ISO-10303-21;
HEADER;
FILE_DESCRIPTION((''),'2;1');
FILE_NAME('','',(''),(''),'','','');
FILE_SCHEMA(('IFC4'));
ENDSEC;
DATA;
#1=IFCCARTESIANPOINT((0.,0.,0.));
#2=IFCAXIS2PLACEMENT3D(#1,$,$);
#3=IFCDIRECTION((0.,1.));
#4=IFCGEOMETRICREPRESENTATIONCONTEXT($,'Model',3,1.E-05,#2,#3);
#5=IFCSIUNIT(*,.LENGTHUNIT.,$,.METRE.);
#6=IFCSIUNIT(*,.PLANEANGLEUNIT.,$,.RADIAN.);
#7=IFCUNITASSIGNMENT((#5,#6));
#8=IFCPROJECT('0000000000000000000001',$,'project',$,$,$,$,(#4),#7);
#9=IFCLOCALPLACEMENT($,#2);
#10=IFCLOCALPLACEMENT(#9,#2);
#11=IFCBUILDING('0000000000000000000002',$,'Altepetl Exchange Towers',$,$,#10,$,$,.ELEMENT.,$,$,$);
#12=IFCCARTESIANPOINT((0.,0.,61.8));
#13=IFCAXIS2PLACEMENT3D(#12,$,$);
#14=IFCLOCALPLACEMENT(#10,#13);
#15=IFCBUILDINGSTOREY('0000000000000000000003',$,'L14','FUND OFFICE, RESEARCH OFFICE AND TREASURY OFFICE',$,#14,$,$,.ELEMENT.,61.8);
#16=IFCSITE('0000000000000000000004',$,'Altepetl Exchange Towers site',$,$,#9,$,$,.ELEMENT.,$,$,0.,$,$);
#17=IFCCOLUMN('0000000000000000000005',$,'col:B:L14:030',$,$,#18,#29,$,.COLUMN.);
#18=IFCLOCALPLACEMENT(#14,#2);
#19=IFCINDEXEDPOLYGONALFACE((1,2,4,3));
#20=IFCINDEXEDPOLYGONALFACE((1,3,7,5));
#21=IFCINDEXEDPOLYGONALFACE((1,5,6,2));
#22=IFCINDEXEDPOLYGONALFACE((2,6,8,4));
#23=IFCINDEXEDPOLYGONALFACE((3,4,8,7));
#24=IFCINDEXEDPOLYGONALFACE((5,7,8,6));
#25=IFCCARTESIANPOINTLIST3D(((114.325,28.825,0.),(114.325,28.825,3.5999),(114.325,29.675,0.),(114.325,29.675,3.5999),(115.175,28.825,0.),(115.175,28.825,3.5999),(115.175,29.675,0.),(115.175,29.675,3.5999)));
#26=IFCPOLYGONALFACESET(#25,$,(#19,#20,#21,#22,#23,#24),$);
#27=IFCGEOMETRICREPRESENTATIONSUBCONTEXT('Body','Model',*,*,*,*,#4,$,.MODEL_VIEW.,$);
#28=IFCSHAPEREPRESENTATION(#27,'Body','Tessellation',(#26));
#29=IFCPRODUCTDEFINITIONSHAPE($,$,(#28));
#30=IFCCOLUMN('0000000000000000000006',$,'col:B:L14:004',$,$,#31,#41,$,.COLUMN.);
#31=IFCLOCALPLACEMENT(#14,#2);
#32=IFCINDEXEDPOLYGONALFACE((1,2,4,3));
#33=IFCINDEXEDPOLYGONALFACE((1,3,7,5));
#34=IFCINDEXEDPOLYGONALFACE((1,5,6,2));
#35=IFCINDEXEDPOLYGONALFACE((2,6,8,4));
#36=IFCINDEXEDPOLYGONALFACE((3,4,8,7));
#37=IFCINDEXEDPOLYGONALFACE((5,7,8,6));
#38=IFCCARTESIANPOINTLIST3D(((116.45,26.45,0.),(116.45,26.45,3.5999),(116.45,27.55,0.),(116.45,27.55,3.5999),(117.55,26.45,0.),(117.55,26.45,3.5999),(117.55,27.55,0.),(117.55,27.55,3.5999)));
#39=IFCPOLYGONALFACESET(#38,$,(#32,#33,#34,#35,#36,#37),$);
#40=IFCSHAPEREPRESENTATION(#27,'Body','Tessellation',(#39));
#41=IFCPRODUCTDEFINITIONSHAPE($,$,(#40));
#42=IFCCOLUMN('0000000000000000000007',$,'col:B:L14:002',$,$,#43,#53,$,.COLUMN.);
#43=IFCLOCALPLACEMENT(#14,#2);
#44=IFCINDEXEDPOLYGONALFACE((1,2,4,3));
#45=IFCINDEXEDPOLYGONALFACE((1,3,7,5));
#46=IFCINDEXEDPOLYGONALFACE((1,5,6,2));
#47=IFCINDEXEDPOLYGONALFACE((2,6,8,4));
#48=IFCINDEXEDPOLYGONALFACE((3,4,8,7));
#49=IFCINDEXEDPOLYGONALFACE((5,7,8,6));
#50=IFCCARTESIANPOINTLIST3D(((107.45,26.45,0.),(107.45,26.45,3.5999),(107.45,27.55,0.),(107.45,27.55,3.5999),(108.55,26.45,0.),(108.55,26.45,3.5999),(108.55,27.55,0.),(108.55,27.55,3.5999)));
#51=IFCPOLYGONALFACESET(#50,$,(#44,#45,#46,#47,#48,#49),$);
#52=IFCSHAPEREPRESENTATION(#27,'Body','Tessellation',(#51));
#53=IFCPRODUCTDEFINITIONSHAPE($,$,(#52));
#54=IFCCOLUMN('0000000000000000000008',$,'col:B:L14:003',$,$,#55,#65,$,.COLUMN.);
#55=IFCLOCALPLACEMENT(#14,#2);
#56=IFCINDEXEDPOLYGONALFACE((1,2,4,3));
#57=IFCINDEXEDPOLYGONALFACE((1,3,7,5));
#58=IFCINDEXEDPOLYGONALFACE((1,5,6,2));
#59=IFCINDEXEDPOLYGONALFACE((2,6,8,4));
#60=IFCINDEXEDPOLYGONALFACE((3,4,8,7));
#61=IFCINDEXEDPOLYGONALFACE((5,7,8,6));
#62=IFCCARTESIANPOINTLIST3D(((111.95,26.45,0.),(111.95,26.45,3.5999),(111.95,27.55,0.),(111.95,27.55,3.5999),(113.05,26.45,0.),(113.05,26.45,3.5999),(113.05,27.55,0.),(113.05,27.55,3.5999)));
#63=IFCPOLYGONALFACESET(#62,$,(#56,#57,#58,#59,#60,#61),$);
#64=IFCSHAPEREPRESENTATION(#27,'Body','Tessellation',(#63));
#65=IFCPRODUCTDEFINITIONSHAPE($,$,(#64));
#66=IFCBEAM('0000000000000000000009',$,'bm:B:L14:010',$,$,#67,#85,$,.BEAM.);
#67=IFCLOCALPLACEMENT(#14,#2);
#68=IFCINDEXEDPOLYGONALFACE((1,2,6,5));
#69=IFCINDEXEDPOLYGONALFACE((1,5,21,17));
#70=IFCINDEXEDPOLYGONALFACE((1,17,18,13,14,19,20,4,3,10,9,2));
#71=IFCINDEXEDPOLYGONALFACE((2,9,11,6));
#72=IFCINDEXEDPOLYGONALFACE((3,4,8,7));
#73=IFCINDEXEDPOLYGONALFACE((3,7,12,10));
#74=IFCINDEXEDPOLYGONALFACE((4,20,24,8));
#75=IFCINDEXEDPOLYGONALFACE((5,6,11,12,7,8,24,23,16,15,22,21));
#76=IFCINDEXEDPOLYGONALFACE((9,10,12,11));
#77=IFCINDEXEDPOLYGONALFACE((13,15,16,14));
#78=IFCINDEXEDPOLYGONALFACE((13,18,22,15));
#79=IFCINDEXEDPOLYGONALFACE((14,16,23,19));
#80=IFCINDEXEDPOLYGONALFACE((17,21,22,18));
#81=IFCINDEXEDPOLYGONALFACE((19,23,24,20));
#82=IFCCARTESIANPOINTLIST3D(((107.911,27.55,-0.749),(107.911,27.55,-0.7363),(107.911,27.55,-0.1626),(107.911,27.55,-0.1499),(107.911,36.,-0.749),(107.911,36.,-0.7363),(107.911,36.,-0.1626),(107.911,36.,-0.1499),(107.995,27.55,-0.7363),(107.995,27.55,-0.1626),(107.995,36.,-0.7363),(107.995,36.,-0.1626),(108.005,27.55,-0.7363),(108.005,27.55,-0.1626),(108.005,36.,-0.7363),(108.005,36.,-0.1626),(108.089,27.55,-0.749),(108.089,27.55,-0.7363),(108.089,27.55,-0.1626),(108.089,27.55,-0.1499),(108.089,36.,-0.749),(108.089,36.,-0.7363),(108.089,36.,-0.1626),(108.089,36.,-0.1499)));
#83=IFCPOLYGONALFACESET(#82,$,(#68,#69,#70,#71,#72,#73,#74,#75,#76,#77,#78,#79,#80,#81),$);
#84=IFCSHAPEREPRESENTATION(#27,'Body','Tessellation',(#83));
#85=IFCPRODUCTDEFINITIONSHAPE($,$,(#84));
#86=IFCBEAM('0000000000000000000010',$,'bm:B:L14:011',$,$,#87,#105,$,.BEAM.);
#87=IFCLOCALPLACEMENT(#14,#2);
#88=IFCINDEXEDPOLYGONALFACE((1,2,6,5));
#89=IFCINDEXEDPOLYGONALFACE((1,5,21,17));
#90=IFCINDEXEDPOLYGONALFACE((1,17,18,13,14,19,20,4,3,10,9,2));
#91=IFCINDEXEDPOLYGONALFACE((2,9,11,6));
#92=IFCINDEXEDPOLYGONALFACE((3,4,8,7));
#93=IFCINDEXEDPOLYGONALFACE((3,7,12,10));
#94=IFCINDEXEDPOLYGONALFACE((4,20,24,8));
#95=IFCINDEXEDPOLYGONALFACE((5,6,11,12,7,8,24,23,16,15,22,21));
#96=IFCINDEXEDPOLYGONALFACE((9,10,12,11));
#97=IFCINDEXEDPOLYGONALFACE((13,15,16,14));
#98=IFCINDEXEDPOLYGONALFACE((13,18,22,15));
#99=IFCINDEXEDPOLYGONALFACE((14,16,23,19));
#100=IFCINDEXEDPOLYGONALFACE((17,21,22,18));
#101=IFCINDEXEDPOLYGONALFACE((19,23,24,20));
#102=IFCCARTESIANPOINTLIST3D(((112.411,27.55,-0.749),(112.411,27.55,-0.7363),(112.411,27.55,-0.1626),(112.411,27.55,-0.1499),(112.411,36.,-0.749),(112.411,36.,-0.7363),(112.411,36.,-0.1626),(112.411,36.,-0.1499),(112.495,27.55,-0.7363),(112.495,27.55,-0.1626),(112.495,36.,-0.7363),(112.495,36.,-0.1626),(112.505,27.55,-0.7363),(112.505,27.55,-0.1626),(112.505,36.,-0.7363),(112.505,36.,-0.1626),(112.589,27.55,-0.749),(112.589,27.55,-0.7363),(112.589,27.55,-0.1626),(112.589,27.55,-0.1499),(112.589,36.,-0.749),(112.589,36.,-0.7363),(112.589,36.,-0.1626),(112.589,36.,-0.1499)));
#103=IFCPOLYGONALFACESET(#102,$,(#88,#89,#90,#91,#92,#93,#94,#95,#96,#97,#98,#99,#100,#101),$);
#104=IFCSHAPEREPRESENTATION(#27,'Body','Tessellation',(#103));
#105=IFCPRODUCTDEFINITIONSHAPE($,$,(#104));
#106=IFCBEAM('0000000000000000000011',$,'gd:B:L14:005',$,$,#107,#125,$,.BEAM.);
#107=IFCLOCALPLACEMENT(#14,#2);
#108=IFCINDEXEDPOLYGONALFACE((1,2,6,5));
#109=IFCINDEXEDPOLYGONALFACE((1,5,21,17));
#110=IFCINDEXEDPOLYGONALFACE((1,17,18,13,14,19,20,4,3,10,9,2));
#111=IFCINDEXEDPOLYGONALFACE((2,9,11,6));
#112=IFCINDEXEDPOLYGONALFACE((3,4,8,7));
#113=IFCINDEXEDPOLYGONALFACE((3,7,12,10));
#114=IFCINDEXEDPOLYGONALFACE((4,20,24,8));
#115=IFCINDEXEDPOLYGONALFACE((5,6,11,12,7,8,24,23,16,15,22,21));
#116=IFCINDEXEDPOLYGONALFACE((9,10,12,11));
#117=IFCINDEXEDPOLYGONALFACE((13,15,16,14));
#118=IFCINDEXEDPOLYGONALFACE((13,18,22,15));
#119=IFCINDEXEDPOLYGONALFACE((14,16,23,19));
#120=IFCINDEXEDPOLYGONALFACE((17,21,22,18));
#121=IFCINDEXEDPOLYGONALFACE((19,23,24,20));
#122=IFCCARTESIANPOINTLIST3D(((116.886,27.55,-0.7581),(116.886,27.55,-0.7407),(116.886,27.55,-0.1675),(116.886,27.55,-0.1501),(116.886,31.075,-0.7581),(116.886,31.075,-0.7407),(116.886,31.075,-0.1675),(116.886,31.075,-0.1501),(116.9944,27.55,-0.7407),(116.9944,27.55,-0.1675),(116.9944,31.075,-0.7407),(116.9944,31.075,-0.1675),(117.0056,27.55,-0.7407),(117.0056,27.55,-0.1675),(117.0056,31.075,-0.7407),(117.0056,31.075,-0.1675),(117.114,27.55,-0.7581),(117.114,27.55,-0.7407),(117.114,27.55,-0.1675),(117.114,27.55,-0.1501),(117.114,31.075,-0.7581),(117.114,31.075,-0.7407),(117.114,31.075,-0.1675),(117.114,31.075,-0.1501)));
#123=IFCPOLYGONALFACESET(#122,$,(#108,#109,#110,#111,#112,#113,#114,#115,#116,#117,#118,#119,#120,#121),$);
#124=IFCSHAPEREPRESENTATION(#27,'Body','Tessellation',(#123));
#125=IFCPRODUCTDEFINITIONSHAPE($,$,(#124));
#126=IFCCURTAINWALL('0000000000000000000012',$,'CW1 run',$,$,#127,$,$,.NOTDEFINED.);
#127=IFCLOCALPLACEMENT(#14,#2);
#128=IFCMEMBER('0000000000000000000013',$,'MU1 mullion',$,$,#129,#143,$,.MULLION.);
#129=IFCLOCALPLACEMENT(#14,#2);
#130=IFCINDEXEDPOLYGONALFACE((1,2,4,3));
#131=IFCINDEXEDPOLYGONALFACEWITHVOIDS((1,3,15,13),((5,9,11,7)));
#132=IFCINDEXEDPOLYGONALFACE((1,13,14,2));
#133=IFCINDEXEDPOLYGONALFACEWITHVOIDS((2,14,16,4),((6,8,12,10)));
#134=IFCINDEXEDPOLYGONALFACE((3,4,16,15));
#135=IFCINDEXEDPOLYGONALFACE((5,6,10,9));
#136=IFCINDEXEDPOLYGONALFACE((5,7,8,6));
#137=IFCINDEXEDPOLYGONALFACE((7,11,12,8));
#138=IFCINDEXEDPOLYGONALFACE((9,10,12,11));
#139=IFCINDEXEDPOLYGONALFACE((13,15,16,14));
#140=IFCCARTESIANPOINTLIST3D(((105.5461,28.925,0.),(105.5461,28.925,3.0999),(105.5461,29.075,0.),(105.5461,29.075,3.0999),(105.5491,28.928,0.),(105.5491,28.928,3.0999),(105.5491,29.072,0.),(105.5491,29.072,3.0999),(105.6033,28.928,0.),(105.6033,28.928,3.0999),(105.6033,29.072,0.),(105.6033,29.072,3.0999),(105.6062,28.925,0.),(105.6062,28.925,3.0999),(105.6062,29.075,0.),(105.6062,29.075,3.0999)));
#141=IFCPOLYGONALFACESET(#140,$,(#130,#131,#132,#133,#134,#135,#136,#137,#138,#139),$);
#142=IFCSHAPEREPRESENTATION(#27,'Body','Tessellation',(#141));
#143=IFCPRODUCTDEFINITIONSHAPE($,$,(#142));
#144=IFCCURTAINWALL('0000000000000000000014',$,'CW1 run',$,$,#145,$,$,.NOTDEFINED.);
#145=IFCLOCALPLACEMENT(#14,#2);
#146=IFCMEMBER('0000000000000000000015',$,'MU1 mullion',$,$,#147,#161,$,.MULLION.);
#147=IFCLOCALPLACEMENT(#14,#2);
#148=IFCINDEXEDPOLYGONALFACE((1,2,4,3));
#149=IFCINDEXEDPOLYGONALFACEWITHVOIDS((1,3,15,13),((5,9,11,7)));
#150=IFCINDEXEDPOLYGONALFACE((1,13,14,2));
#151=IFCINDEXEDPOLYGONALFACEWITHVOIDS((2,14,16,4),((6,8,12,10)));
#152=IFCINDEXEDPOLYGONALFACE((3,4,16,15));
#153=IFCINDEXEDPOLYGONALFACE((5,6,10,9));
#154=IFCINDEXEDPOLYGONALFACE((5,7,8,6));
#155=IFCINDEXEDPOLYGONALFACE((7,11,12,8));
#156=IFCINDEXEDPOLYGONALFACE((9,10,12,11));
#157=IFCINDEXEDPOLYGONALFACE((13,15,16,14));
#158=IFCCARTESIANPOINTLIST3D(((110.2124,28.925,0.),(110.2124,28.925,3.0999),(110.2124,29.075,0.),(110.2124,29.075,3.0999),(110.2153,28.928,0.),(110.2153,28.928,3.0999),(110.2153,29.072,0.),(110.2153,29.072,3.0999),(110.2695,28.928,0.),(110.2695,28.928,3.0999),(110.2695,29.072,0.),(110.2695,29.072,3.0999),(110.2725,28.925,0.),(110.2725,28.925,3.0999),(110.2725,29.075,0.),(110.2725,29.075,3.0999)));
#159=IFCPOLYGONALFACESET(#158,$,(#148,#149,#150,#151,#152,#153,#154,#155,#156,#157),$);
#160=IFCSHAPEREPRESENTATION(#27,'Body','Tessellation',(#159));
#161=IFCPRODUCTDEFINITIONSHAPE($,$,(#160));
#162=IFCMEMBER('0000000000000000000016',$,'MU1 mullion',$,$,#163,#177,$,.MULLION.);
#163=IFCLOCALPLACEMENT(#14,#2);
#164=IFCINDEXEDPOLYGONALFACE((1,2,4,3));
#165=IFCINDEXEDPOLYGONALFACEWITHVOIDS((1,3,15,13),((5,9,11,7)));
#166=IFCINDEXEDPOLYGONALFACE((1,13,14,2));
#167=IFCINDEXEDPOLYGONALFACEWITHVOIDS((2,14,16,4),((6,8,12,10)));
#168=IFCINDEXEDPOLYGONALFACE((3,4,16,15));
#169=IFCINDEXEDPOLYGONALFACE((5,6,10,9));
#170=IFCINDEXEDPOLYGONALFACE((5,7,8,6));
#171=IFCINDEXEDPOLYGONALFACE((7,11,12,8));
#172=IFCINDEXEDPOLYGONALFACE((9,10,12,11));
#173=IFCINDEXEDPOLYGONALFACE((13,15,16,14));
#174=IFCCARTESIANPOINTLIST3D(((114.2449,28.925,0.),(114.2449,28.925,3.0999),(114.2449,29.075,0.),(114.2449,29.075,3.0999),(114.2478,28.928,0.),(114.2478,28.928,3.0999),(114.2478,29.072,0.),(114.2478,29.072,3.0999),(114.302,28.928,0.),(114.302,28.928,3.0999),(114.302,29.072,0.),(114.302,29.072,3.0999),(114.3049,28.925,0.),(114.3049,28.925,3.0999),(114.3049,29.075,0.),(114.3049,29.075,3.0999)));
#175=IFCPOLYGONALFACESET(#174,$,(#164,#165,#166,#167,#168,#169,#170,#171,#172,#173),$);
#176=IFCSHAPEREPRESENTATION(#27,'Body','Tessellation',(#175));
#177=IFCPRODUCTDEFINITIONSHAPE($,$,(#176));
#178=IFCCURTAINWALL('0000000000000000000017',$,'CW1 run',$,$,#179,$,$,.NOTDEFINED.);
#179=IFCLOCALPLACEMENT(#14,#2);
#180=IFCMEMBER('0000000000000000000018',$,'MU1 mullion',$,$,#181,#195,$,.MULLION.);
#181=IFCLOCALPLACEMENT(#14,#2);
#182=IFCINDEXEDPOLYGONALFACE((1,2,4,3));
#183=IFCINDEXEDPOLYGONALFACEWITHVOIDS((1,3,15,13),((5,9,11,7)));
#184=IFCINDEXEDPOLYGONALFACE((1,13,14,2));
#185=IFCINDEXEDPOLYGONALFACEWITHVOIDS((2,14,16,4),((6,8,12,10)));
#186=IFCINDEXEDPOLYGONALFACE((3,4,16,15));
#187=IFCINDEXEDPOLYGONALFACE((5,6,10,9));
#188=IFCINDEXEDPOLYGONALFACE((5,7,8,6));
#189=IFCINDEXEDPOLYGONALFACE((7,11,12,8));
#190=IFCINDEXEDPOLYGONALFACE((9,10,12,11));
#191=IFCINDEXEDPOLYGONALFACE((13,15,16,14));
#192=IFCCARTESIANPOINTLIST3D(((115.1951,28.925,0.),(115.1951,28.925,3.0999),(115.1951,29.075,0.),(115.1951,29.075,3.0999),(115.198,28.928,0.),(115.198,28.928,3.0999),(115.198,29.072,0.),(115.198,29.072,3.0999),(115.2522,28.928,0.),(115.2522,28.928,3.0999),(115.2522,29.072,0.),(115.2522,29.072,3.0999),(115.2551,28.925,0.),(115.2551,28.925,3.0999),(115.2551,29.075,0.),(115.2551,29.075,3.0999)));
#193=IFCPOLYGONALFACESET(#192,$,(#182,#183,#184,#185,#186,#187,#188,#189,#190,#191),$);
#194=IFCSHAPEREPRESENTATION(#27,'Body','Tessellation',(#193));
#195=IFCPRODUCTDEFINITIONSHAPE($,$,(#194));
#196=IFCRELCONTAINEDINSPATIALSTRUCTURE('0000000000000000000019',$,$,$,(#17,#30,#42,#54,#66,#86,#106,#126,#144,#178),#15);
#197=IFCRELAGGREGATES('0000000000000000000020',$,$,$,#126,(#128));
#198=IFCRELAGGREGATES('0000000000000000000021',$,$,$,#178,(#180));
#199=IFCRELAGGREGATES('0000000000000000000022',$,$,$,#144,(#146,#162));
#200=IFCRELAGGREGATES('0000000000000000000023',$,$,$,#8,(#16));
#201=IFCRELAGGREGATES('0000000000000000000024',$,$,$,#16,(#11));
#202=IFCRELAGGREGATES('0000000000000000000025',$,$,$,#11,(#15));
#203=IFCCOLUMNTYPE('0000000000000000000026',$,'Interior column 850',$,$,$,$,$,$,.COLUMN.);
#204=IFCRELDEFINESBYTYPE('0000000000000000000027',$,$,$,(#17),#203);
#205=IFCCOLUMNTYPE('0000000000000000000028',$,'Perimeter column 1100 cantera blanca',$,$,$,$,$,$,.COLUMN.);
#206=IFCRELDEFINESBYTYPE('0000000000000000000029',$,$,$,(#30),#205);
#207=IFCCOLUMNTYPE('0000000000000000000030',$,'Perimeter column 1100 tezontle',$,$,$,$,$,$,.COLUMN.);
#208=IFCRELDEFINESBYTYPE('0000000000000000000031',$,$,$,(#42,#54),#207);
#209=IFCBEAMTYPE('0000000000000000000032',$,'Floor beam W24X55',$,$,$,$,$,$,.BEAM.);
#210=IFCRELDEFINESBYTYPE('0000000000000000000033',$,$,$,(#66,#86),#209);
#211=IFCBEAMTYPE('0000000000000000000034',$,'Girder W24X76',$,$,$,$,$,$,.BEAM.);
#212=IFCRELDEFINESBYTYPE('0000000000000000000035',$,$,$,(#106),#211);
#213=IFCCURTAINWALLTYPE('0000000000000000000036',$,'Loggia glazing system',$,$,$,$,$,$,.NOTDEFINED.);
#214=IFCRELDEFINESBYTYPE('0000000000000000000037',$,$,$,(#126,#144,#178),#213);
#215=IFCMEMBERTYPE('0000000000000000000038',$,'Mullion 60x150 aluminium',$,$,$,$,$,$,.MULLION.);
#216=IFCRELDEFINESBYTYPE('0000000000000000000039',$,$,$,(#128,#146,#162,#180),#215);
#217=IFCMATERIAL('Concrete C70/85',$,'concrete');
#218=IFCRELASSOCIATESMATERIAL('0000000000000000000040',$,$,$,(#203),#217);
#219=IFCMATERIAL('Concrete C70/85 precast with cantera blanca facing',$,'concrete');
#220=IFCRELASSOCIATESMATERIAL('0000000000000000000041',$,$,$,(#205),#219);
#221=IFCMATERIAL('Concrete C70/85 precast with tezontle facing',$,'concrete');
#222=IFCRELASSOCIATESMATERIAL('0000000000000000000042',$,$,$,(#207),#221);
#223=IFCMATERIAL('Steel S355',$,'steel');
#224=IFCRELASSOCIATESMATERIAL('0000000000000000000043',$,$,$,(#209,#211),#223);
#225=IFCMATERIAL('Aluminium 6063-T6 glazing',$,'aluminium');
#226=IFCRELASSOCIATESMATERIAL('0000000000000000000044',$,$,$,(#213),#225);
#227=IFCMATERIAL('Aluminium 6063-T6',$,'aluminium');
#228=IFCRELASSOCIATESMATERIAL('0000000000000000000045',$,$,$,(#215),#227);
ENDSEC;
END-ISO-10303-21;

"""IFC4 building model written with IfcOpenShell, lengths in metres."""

from ifc_helpers import new_model, si_unit, direction, frame, origin, origin_2d, place, context, subcontext, project, spatial, rectangle, hollow_rectangle, i_section, extrude, material, material_profile, profile_set, type_object, element, aggregate, save


model = new_model("IFC4")

# Units and contexts
model_context = context("Model", 3, precision=1e-05, world=origin(), true_north=direction((0.0, 1.0)))
body_context = subcontext(model_context, "Body", "Model", "MODEL_VIEW")
ifc_project = project(units=[si_unit("LENGTHUNIT", "METRE"), si_unit("PLANEANGLEUNIT", "RADIAN")], contexts=[model_context])

# Site, building, storey
site_placement = place(None, origin())
site = spatial("IfcSite", under=ifc_project, at=site_placement, Name="Altepetl Exchange Towers site", CompositionType="ELEMENT", RefElevation=0.0)
building_placement = place(site_placement, origin())
building = spatial("IfcBuilding", under=site, at=building_placement, Name="Altepetl Exchange Towers", CompositionType="ELEMENT")
storey_placement = place(building_placement, frame((0.0, 0.0, 61.8)))
storey = spatial("IfcBuildingStorey", under=building, at=storey_placement, Name="L14", Description="FUND OFFICE, RESEARCH OFFICE AND TREASURY OFFICE", CompositionType="ELEMENT", Elevation=61.8)

# Columns
ifc_material_1 = material(Name="Concrete C70/85", Category="concrete")
ifc_material_profile_1 = material_profile(ifc_material_1, rectangle(XDim=0.8501, YDim=0.8501, at=origin_2d()), Name="850 x 850")
ifc_profile_set_1 = profile_set([ifc_material_profile_1], Name="Concrete C70/85")
column_type_1 = type_object("IfcColumnType", Name="Interior column 850", PredefinedType="COLUMN", material=ifc_profile_set_1)
column_1_placement = place(storey_placement, frame((114.75, 29.25, 0.0)))
element("IfcColumn", 1, at=column_1_placement, inside=storey, type_object=column_type_1, Name="col:B:L14:030", PredefinedType="COLUMN", context=body_context, shape_type="SweptSolid", body=[
    extrude(rectangle(XDim=0.8501, YDim=0.8501, at=origin_2d()), origin(), (0.0, 0.0, 1.0), 3.5999),
])
ifc_material_2 = material(Name="Concrete C70/85 precast with cantera blanca facing", Category="concrete")
ifc_material_profile_2 = material_profile(ifc_material_2, rectangle(XDim=1.1001, YDim=1.1001, at=origin_2d()), Name="1100 x 1100")
ifc_profile_set_2 = profile_set([ifc_material_profile_2], Name="Concrete C70/85 precast with cantera blanca facing")
column_type_2 = type_object("IfcColumnType", Name="Perimeter column 1100 cantera blanca", PredefinedType="COLUMN", material=ifc_profile_set_2)
column_2_placement = place(storey_placement, frame((117.0, 27.0, 0.0)))
element("IfcColumn", 2, at=column_2_placement, inside=storey, type_object=column_type_2, Name="col:B:L14:004", PredefinedType="COLUMN", context=body_context, shape_type="SweptSolid", body=[
    extrude(rectangle(XDim=1.1001, YDim=1.1001, at=origin_2d()), origin(), (0.0, 0.0, 1.0), 3.5999),
])
ifc_material_3 = material(Name="Concrete C70/85 precast with tezontle facing", Category="concrete")
ifc_material_profile_3 = material_profile(ifc_material_3, rectangle(XDim=1.1001, YDim=1.1001, at=origin_2d()), Name="1100 x 1100")
ifc_profile_set_3 = profile_set([ifc_material_profile_3], Name="Concrete C70/85 precast with tezontle facing")
column_type_3 = type_object("IfcColumnType", Name="Perimeter column 1100 tezontle", PredefinedType="COLUMN", material=ifc_profile_set_3)
for number, where, name in (
    (3, (108.0, 27.0, 0.0), "col:B:L14:002"),
    (4, (112.5, 27.0, 0.0), "col:B:L14:003"),
):
    element("IfcColumn", number, at=place(storey_placement, frame(where)), inside=storey, type_object=column_type_3, Name=name, PredefinedType="COLUMN", context=body_context, shape_type="SweptSolid", body=[
        extrude(rectangle(XDim=1.1001, YDim=1.1001, at=origin_2d()), origin(), (0.0, 0.0, 1.0), 3.5999),
    ])

# Beams
ifc_material_4 = material(Name="Steel S355", Category="steel")
ifc_material_profile_4 = material_profile(ifc_material_4, i_section(OverallWidth=0.178, OverallDepth=0.5991, WebThickness=0.01, FlangeThickness=0.0127, at=origin_2d()), Name="W24X55")
ifc_profile_set_4 = profile_set([ifc_material_profile_4], Name="Steel S355")
beam_type_1 = type_object("IfcBeamType", Name="Floor beam W24X55", PredefinedType="BEAM", material=ifc_profile_set_4)
for number, where, z_axis, x_axis, name in (
    (5, (108.0, 27.55, -0.4495), (0.0, 1.0, 0.0), (-1.0, 0.0, 0.0), "bm:B:L14:010"),
    (6, (112.5, 27.55, -0.4495), (0.0, 1.0, 0.0), (-1.0, 0.0, 0.0), "bm:B:L14:011"),
):
    element("IfcBeam", number, at=place(storey_placement, frame(where, z_axis=z_axis, x_axis=x_axis)), inside=storey, type_object=beam_type_1, Name=name, PredefinedType="BEAM", context=body_context, shape_type="SweptSolid", body=[
        extrude(i_section(OverallWidth=0.178, OverallDepth=0.5991, WebThickness=0.01, FlangeThickness=0.0127, at=origin_2d()), origin(), (0.0, 0.0, 1.0), 8.45),
    ])
ifc_material_profile_5 = material_profile(ifc_material_4, i_section(OverallWidth=0.228, OverallDepth=0.6079, WebThickness=0.0112, FlangeThickness=0.0173, at=origin_2d()), Name="W24X76")
ifc_profile_set_5 = profile_set([ifc_material_profile_5], Name="Steel S355")
beam_type_2 = type_object("IfcBeamType", Name="Girder W24X76", PredefinedType="BEAM", material=ifc_profile_set_5)
beam_placement = place(storey_placement, frame((117.0, 31.075, -0.4541), z_axis=(0.0, -1.0, 0.0), x_axis=(1.0, 0.0, 0.0)))
element("IfcBeam", 7, at=beam_placement, inside=storey, type_object=beam_type_2, Name="gd:B:L14:005", PredefinedType="BEAM", context=body_context, shape_type="SweptSolid", body=[
    extrude(i_section(OverallWidth=0.228, OverallDepth=0.6079, WebThickness=0.0112, FlangeThickness=0.0173, at=origin_2d()), origin(), (0.0, 0.0, 1.0), 3.5249),
])

# Curtain wall, member
ifc_material_5 = material(Name="Aluminium 6063-T6 glazing", Category="aluminium")
curtain_wall_type = type_object("IfcCurtainWallType", Name="Loggia glazing system", PredefinedType="NOTDEFINED", material=ifc_material_5)
curtain_wall_1_placement = place(storey_placement, origin())
curtain_wall_1 = element("IfcCurtainWall", 8, at=curtain_wall_1_placement, inside=storey, type_object=curtain_wall_type, Name="CW1 run", PredefinedType="NOTDEFINED")
ifc_material_6 = material(Name="Aluminium 6063-T6", Category="aluminium")
ifc_material_profile_6 = material_profile(ifc_material_6, hollow_rectangle(XDim=0.0601, YDim=0.1499, WallThickness=0.0029, at=origin_2d()), Name="Mullion 60x150 aluminium")
ifc_profile_set_6 = profile_set([ifc_material_profile_6], Name="Aluminium 6063-T6")
member_type = type_object("IfcMemberType", Name="Mullion 60x150 aluminium", PredefinedType="MULLION", material=ifc_profile_set_6)
member_1_placement = place(storey_placement, frame((105.5762, 29.0, 0.0)))
member_1 = element("IfcMember", 9, at=member_1_placement, type_object=member_type, Name="MU1 mullion", PredefinedType="MULLION", context=body_context, shape_type="SweptSolid", body=[
    extrude(hollow_rectangle(XDim=0.0601, YDim=0.1499, WallThickness=0.0029, at=origin_2d()), origin(), (0.0, 0.0, 1.0), 3.0999),
])
aggregate(curtain_wall_1, [member_1])

# Curtain wall, members
curtain_wall_2_placement = place(storey_placement, origin())
curtain_wall_2 = element("IfcCurtainWall", 10, at=curtain_wall_2_placement, inside=storey, type_object=curtain_wall_type, Name="CW1 run", PredefinedType="NOTDEFINED")
member_2_placement = place(storey_placement, frame((110.2424, 29.0, 0.0)))
member_2 = element("IfcMember", 11, at=member_2_placement, type_object=member_type, Name="MU1 mullion", PredefinedType="MULLION", context=body_context, shape_type="SweptSolid", body=[
    extrude(hollow_rectangle(XDim=0.0601, YDim=0.1499, WallThickness=0.0029, at=origin_2d()), origin(), (0.0, 0.0, 1.0), 3.0999),
])
member_3_placement = place(storey_placement, frame((114.2749, 29.0, 0.0)))
member_3 = element("IfcMember", 12, at=member_3_placement, type_object=member_type, Name="MU1 mullion", PredefinedType="MULLION", context=body_context, shape_type="SweptSolid", body=[
    extrude(hollow_rectangle(XDim=0.0601, YDim=0.1499, WallThickness=0.0029, at=origin_2d()), origin(), (0.0, 0.0, 1.0), 3.0999),
])

# Curtain wall, member
curtain_wall_3_placement = place(storey_placement, origin())
curtain_wall_3 = element("IfcCurtainWall", 13, at=curtain_wall_3_placement, inside=storey, type_object=curtain_wall_type, Name="CW1 run", PredefinedType="NOTDEFINED")
member_4_placement = place(storey_placement, frame((115.2251, 29.0, 0.0)))
member_4 = element("IfcMember", 14, at=member_4_placement, type_object=member_type, Name="MU1 mullion", PredefinedType="MULLION", context=body_context, shape_type="SweptSolid", body=[
    extrude(hollow_rectangle(XDim=0.0601, YDim=0.1499, WallThickness=0.0029, at=origin_2d()), origin(), (0.0, 0.0, 1.0), 3.0999),
])
aggregate(curtain_wall_3, [member_4])

aggregate(curtain_wall_2, [member_2, member_3])

save(model, "model.ifc")
